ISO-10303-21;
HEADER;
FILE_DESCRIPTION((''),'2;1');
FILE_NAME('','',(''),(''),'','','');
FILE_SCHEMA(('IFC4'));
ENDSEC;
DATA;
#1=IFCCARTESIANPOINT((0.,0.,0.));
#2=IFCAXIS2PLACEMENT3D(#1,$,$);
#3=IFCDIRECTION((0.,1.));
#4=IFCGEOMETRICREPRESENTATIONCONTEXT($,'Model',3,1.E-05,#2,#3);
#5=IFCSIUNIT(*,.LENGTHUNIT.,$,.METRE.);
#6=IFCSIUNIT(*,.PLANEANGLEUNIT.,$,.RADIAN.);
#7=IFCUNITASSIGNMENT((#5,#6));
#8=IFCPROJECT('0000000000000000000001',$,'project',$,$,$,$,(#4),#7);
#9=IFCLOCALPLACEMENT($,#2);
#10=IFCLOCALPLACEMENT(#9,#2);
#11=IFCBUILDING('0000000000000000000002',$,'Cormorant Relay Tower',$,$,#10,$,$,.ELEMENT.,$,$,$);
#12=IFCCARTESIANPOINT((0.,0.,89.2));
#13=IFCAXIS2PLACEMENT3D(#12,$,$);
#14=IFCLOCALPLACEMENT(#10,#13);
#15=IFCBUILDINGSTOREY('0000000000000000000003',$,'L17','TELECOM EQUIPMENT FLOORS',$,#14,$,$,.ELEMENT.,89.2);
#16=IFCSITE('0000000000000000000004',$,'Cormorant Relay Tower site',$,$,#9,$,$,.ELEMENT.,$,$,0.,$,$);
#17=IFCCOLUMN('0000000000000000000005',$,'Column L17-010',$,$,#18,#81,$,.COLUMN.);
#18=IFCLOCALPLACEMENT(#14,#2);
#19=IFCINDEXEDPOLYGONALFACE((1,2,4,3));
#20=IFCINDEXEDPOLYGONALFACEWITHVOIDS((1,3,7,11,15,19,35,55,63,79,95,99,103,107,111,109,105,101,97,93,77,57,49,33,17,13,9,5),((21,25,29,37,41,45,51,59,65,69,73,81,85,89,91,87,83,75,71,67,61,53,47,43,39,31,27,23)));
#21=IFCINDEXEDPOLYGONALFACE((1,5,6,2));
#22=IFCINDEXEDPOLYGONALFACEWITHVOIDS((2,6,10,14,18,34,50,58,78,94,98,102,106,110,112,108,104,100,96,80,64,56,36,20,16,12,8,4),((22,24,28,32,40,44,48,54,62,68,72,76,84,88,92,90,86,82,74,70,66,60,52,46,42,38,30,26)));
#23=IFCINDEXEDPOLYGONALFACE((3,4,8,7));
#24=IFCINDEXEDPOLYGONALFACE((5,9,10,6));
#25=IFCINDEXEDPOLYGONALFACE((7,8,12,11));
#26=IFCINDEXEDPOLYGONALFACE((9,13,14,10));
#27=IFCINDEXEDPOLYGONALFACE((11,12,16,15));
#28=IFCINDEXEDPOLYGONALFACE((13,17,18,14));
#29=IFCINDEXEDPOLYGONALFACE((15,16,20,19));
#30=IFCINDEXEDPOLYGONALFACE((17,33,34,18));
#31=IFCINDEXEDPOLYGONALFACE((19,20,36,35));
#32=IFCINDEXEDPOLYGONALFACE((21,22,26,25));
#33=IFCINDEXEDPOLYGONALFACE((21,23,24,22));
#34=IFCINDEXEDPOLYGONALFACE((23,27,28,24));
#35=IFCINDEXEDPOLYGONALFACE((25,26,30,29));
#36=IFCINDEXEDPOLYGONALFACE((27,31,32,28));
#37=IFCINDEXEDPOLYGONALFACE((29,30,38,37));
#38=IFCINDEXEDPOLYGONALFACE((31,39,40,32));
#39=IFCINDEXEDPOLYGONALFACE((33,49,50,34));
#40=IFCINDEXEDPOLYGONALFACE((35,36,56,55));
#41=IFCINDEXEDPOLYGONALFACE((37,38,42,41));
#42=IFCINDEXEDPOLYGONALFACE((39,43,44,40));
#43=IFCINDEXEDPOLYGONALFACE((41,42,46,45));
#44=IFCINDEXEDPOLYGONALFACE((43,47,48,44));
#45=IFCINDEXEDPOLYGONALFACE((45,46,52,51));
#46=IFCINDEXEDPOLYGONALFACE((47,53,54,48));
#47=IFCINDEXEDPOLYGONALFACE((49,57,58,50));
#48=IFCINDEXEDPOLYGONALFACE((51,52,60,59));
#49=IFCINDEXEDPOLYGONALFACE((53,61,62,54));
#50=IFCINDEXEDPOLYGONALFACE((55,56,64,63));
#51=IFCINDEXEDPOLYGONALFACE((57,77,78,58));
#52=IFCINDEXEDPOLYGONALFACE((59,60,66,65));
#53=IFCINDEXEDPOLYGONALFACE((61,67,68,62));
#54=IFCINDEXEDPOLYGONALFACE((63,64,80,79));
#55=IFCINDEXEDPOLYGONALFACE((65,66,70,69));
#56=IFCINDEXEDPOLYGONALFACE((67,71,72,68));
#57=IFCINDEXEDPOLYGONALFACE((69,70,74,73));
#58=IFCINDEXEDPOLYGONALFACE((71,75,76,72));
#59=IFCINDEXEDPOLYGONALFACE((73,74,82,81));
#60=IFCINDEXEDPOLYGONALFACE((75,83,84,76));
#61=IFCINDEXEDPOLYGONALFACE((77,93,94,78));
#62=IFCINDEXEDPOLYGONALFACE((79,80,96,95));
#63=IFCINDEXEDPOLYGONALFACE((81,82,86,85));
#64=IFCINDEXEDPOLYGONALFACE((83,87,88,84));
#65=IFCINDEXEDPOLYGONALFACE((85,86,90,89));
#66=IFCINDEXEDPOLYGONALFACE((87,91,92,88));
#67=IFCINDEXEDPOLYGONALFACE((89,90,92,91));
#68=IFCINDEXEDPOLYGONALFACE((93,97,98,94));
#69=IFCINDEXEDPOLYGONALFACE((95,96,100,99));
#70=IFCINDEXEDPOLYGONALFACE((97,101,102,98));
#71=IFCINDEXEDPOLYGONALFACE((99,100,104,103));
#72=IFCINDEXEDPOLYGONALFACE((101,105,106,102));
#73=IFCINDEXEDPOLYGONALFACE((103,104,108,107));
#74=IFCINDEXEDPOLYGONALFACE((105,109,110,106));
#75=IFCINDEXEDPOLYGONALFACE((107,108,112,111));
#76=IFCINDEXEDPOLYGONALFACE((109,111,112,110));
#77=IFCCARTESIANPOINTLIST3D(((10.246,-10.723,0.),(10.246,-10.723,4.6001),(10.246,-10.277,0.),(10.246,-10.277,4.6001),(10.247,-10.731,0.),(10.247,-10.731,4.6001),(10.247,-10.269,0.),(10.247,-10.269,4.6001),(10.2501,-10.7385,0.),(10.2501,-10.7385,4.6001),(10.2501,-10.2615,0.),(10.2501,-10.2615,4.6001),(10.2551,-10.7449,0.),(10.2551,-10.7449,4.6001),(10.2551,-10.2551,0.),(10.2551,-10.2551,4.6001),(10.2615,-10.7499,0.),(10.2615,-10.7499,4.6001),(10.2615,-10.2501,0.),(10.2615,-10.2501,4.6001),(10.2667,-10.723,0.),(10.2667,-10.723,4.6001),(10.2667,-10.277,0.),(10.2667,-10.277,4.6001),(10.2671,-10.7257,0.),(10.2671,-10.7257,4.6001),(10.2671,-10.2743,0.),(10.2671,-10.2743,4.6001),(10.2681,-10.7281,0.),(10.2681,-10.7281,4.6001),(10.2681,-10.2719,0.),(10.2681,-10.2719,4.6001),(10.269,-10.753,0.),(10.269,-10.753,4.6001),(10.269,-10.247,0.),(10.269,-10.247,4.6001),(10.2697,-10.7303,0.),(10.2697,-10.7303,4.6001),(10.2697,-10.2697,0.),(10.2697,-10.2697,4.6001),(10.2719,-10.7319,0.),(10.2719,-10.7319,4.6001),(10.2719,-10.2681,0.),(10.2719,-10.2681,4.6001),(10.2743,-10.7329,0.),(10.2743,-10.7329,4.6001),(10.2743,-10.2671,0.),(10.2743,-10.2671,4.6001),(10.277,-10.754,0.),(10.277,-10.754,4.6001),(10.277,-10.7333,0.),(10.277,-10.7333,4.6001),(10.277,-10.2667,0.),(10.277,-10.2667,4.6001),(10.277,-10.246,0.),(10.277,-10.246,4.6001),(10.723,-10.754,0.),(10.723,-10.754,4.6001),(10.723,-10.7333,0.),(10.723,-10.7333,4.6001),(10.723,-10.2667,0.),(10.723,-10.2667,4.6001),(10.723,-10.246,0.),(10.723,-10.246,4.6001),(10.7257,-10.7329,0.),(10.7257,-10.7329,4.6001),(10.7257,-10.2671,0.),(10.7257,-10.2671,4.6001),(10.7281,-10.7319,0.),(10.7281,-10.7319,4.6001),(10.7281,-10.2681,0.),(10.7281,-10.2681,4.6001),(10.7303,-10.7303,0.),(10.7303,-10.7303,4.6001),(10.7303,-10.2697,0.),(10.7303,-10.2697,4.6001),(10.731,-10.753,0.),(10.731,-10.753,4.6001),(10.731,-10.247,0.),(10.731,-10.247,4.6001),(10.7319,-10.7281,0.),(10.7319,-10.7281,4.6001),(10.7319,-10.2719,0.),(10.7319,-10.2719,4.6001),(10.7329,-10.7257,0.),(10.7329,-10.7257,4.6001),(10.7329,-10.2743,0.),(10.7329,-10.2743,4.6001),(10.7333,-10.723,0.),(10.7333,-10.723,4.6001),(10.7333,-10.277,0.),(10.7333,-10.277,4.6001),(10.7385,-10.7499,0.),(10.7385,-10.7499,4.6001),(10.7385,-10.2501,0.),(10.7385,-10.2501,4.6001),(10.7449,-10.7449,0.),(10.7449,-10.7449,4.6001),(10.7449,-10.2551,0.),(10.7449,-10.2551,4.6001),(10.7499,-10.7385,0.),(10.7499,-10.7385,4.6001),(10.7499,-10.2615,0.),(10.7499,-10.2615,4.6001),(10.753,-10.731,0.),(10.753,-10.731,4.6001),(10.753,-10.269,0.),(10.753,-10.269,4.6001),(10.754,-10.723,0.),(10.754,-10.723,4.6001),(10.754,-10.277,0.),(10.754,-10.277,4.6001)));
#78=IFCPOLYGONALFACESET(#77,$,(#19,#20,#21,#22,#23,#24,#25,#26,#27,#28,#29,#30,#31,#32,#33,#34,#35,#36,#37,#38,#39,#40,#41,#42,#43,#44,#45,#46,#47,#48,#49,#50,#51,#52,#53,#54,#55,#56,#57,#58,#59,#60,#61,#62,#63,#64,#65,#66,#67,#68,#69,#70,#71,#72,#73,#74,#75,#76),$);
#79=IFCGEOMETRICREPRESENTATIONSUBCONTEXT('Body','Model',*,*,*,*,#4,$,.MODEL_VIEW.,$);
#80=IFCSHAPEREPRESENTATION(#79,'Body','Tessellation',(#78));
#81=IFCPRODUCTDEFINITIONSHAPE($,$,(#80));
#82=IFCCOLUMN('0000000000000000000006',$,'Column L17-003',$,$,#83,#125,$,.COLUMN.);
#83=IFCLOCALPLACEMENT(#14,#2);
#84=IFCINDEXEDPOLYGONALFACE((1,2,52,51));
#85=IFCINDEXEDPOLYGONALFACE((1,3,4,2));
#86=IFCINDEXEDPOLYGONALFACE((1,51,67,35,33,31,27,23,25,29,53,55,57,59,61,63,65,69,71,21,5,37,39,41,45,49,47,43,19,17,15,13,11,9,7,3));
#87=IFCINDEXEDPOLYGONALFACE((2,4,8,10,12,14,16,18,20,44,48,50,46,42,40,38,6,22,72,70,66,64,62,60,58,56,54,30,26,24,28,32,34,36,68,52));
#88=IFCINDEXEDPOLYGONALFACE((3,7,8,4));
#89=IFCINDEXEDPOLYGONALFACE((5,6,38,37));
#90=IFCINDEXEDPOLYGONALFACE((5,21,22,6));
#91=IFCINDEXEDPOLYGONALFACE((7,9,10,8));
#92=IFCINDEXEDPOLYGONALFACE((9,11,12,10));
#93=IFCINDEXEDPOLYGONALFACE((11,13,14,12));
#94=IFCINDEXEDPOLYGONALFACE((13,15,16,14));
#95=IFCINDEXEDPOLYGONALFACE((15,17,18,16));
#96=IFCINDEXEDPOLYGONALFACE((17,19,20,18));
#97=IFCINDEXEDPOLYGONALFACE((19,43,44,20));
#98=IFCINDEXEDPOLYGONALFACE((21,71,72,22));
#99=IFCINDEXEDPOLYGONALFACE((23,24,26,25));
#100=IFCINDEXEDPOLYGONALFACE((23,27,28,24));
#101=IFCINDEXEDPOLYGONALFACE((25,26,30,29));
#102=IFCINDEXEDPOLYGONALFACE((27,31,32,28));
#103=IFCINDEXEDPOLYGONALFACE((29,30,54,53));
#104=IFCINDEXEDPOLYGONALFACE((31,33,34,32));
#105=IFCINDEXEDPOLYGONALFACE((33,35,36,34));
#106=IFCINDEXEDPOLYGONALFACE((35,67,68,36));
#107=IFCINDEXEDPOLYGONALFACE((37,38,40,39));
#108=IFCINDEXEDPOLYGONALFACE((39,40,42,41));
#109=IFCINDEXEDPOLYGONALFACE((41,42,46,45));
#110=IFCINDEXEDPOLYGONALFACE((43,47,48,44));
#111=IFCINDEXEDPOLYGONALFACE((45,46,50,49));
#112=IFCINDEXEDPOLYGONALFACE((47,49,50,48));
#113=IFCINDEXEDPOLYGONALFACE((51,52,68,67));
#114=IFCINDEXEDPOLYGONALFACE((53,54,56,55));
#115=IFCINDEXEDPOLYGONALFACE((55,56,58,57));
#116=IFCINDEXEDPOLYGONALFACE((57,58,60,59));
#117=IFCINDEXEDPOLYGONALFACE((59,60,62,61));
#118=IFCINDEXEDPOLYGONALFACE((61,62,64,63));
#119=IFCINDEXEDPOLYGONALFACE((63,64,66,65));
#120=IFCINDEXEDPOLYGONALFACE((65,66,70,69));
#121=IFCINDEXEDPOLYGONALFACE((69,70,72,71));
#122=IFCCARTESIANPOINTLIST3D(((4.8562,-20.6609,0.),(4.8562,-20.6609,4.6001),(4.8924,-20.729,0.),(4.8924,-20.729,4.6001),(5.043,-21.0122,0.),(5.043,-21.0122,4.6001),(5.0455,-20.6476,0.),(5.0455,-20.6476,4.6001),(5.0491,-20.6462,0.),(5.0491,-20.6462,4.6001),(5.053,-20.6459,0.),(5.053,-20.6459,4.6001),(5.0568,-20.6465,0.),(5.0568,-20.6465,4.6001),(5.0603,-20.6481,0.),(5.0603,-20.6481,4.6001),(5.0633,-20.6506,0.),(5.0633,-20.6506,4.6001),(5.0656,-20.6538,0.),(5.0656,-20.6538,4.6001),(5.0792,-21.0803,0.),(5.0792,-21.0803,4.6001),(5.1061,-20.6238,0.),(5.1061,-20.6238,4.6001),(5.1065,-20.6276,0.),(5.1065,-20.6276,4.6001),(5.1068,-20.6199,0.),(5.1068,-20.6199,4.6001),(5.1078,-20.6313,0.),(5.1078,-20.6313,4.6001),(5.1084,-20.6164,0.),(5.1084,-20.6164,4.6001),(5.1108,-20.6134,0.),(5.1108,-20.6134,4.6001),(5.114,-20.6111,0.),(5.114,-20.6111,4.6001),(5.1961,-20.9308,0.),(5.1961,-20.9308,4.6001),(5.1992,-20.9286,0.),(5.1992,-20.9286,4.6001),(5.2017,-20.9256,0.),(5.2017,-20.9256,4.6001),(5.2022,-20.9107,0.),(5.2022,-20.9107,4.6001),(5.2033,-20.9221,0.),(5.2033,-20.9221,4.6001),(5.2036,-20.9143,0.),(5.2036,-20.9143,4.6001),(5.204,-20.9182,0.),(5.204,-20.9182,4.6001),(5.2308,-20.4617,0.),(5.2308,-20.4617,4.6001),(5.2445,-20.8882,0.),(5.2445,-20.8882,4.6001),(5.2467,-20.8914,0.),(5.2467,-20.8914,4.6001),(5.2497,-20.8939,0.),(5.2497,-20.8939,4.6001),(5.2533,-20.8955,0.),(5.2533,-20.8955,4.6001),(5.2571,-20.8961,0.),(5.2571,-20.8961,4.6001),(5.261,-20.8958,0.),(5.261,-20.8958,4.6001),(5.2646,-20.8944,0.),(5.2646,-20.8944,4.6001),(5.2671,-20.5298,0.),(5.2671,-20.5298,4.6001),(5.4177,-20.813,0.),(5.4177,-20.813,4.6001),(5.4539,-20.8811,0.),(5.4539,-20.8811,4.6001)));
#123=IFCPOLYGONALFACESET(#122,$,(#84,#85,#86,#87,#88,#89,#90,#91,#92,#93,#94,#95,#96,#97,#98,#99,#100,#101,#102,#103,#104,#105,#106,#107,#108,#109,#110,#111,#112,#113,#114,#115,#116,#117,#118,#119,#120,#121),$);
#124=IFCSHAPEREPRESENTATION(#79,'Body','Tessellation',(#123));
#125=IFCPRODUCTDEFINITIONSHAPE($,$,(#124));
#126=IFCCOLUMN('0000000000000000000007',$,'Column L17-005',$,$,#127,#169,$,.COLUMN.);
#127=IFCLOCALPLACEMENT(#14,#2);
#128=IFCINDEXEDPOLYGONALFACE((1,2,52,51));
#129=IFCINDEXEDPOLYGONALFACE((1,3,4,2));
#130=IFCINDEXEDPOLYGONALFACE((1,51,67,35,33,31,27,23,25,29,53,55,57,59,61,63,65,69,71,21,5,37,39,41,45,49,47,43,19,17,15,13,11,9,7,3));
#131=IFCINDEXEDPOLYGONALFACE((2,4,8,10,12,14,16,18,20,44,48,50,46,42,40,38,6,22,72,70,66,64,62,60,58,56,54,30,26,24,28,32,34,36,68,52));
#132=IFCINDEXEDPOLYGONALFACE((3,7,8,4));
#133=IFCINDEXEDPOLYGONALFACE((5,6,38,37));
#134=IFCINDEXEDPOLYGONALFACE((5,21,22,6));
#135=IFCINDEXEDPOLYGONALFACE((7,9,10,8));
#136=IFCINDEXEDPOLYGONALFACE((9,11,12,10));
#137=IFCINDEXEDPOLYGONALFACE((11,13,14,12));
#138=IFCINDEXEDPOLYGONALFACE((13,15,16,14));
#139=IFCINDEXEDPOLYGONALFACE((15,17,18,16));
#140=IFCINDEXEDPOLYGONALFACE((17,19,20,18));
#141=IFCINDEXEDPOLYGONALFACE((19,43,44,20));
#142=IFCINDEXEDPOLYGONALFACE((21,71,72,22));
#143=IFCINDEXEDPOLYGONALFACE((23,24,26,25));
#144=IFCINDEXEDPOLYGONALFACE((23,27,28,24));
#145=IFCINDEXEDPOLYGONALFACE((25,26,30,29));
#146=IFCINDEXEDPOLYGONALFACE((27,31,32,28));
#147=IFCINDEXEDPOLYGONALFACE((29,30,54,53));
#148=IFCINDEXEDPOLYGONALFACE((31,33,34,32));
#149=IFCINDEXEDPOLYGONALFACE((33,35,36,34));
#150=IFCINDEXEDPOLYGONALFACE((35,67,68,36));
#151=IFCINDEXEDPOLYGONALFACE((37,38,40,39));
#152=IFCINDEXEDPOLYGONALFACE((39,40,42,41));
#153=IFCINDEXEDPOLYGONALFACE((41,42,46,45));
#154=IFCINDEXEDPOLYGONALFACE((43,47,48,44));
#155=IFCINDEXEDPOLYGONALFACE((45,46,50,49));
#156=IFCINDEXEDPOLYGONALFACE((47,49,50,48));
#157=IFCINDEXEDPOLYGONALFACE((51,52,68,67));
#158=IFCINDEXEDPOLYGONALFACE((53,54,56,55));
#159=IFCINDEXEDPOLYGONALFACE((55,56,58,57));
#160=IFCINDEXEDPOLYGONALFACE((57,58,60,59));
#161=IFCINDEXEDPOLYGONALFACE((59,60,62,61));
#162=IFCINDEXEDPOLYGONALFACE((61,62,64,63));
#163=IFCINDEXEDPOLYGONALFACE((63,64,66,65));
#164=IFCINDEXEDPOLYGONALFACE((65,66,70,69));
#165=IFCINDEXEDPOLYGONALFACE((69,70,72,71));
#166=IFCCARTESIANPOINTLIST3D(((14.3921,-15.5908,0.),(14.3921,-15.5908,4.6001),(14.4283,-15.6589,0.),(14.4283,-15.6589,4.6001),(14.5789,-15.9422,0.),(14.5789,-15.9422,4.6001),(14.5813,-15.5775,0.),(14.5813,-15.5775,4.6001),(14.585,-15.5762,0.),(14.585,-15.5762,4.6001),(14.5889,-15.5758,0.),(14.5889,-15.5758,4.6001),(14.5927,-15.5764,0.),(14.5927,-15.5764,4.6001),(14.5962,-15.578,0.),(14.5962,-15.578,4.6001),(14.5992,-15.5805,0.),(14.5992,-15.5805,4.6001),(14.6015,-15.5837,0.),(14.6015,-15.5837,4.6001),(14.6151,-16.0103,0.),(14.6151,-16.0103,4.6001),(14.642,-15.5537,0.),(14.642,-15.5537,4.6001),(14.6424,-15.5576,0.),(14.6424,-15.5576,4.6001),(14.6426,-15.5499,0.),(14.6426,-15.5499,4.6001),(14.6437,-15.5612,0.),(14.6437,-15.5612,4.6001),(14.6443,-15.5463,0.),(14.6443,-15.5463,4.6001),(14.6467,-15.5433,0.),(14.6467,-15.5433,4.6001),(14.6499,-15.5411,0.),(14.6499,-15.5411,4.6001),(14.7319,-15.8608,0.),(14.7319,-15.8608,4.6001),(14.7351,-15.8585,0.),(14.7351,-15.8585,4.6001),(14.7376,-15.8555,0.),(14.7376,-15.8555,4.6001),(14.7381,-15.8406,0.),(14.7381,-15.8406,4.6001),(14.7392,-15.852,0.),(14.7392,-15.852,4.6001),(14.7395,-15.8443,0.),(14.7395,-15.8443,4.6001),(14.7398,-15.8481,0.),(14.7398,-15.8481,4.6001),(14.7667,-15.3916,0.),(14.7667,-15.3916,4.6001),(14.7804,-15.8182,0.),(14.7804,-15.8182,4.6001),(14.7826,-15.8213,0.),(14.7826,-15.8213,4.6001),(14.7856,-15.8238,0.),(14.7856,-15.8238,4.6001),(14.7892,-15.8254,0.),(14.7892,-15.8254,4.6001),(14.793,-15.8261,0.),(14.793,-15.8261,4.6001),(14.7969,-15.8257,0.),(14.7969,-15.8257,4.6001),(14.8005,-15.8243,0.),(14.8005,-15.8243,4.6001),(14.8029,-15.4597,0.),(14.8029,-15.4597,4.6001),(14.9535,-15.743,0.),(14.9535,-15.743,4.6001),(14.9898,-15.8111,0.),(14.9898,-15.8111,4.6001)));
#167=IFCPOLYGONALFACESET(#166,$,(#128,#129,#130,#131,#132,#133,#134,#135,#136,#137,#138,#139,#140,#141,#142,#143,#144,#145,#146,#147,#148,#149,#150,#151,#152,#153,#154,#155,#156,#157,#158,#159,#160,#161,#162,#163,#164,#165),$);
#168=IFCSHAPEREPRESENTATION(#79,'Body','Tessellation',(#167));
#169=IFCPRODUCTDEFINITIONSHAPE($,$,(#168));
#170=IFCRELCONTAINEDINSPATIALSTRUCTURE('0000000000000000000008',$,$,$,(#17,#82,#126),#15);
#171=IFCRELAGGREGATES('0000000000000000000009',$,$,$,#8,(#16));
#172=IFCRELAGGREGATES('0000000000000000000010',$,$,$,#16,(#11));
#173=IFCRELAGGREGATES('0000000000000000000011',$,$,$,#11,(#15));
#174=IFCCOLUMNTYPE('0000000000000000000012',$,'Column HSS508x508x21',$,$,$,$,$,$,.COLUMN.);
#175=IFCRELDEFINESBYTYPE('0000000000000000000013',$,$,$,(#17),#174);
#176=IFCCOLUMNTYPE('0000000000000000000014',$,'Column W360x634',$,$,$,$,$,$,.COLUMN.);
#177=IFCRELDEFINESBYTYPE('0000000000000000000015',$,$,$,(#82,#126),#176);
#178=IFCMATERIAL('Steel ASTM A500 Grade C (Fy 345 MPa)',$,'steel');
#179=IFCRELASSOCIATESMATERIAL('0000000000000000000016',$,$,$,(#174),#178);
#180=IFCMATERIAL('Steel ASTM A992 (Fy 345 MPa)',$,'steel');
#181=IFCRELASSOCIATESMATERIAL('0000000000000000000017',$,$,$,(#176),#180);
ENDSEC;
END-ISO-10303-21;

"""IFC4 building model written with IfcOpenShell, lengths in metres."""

from ifc_helpers import new_model, si_unit, direction, frame, origin, origin_2d, place, context, subcontext, project, spatial, hollow_rectangle, i_section, extrude, material, material_profile, profile_set, type_object, element, save


model = new_model("IFC4")

# Units and contexts
model_context = context("Model", 3, precision=1e-05, world=origin(), true_north=direction((0.0, 1.0)))
body_context = subcontext(model_context, "Body", "Model", "MODEL_VIEW")
ifc_project = project(units=[si_unit("LENGTHUNIT", "METRE"), si_unit("PLANEANGLEUNIT", "RADIAN")], contexts=[model_context])

# Site, building, storey
site_placement = place(None, origin())
site = spatial("IfcSite", under=ifc_project, at=site_placement, Name="Cormorant Relay Tower site", CompositionType="ELEMENT", RefElevation=0.0)
building_placement = place(site_placement, origin())
building = spatial("IfcBuilding", under=site, at=building_placement, Name="Cormorant Relay Tower", CompositionType="ELEMENT")
storey_placement = place(building_placement, frame((0.0, 0.0, 89.2)))
storey = spatial("IfcBuildingStorey", under=building, at=storey_placement, Name="L17", Description="TELECOM EQUIPMENT FLOORS", CompositionType="ELEMENT", Elevation=89.2)

# Columns
ifc_material_1 = material(Name="Steel ASTM A500 Grade C (Fy 345 MPa)", Category="steel")
ifc_material_profile_1 = material_profile(ifc_material_1, hollow_rectangle(XDim=0.5081, YDim=0.5081, WallThickness=0.0208, InnerFilletRadius=0.0103, OuterFilletRadius=0.031, at=origin_2d()), Name="HSS508x508x21")
ifc_profile_set_1 = profile_set([ifc_material_profile_1], Name="Steel ASTM A500 Grade C (Fy 345 MPa)")
column_type_1 = type_object("IfcColumnType", Name="Column HSS508x508x21", PredefinedType="COLUMN", material=ifc_profile_set_1)
column_1_placement = place(storey_placement, frame((10.5, -10.5, 0.0), z_axis=(0.0, 0.0, 1.0), x_axis=(1.0, 0.0, 0.0)))
element("IfcColumn", 1, at=column_1_placement, inside=storey, type_object=column_type_1, Name="Column L17-010", PredefinedType="COLUMN", context=body_context, shape_type="SweptSolid", body=[
    extrude(hollow_rectangle(XDim=0.5081, YDim=0.5081, WallThickness=0.0208, InnerFilletRadius=0.0103, OuterFilletRadius=0.031, at=origin_2d()), origin(), (0.0, 0.0, 1.0), 4.6001),
])
ifc_material_2 = material(Name="Steel ASTM A992 (Fy 345 MPa)", Category="steel")
ifc_material_profile_2 = material_profile(ifc_material_2, i_section(OverallWidth=0.4243, OverallDepth=0.4751, WebThickness=0.0479, FlangeThickness=0.0771, FilletRadius=0.0149, at=origin_2d()), Name="W360x634")
ifc_profile_set_2 = profile_set([ifc_material_profile_2], Name="Steel ASTM A992 (Fy 345 MPa)")
column_type_2 = type_object("IfcColumnType", Name="Column W360x634", PredefinedType="COLUMN", material=ifc_profile_set_2)
for number, where, z_axis, x_axis, name in (
    (2, (5.155, -20.771, 0.0), (0.0, 0.0, 1.0), (0.882948, 0.469472, 0.0), "Column L17-003"),
    (3, (14.6909, -15.7009, 0.0), (0.0, 0.0, 1.0), (0.882948, 0.469472, 0.0), "Column L17-005"),
):
    element("IfcColumn", number, at=place(storey_placement, frame(where, z_axis=z_axis, x_axis=x_axis)), inside=storey, type_object=column_type_2, Name=name, PredefinedType="COLUMN", context=body_context, shape_type="SweptSolid", body=[
        extrude(i_section(OverallWidth=0.4243, OverallDepth=0.4751, WebThickness=0.0479, FlangeThickness=0.0771, FilletRadius=0.0149, at=origin_2d()), origin(), (0.0, 0.0, 1.0), 4.6001),
    ])

save(model, "model.ifc")
